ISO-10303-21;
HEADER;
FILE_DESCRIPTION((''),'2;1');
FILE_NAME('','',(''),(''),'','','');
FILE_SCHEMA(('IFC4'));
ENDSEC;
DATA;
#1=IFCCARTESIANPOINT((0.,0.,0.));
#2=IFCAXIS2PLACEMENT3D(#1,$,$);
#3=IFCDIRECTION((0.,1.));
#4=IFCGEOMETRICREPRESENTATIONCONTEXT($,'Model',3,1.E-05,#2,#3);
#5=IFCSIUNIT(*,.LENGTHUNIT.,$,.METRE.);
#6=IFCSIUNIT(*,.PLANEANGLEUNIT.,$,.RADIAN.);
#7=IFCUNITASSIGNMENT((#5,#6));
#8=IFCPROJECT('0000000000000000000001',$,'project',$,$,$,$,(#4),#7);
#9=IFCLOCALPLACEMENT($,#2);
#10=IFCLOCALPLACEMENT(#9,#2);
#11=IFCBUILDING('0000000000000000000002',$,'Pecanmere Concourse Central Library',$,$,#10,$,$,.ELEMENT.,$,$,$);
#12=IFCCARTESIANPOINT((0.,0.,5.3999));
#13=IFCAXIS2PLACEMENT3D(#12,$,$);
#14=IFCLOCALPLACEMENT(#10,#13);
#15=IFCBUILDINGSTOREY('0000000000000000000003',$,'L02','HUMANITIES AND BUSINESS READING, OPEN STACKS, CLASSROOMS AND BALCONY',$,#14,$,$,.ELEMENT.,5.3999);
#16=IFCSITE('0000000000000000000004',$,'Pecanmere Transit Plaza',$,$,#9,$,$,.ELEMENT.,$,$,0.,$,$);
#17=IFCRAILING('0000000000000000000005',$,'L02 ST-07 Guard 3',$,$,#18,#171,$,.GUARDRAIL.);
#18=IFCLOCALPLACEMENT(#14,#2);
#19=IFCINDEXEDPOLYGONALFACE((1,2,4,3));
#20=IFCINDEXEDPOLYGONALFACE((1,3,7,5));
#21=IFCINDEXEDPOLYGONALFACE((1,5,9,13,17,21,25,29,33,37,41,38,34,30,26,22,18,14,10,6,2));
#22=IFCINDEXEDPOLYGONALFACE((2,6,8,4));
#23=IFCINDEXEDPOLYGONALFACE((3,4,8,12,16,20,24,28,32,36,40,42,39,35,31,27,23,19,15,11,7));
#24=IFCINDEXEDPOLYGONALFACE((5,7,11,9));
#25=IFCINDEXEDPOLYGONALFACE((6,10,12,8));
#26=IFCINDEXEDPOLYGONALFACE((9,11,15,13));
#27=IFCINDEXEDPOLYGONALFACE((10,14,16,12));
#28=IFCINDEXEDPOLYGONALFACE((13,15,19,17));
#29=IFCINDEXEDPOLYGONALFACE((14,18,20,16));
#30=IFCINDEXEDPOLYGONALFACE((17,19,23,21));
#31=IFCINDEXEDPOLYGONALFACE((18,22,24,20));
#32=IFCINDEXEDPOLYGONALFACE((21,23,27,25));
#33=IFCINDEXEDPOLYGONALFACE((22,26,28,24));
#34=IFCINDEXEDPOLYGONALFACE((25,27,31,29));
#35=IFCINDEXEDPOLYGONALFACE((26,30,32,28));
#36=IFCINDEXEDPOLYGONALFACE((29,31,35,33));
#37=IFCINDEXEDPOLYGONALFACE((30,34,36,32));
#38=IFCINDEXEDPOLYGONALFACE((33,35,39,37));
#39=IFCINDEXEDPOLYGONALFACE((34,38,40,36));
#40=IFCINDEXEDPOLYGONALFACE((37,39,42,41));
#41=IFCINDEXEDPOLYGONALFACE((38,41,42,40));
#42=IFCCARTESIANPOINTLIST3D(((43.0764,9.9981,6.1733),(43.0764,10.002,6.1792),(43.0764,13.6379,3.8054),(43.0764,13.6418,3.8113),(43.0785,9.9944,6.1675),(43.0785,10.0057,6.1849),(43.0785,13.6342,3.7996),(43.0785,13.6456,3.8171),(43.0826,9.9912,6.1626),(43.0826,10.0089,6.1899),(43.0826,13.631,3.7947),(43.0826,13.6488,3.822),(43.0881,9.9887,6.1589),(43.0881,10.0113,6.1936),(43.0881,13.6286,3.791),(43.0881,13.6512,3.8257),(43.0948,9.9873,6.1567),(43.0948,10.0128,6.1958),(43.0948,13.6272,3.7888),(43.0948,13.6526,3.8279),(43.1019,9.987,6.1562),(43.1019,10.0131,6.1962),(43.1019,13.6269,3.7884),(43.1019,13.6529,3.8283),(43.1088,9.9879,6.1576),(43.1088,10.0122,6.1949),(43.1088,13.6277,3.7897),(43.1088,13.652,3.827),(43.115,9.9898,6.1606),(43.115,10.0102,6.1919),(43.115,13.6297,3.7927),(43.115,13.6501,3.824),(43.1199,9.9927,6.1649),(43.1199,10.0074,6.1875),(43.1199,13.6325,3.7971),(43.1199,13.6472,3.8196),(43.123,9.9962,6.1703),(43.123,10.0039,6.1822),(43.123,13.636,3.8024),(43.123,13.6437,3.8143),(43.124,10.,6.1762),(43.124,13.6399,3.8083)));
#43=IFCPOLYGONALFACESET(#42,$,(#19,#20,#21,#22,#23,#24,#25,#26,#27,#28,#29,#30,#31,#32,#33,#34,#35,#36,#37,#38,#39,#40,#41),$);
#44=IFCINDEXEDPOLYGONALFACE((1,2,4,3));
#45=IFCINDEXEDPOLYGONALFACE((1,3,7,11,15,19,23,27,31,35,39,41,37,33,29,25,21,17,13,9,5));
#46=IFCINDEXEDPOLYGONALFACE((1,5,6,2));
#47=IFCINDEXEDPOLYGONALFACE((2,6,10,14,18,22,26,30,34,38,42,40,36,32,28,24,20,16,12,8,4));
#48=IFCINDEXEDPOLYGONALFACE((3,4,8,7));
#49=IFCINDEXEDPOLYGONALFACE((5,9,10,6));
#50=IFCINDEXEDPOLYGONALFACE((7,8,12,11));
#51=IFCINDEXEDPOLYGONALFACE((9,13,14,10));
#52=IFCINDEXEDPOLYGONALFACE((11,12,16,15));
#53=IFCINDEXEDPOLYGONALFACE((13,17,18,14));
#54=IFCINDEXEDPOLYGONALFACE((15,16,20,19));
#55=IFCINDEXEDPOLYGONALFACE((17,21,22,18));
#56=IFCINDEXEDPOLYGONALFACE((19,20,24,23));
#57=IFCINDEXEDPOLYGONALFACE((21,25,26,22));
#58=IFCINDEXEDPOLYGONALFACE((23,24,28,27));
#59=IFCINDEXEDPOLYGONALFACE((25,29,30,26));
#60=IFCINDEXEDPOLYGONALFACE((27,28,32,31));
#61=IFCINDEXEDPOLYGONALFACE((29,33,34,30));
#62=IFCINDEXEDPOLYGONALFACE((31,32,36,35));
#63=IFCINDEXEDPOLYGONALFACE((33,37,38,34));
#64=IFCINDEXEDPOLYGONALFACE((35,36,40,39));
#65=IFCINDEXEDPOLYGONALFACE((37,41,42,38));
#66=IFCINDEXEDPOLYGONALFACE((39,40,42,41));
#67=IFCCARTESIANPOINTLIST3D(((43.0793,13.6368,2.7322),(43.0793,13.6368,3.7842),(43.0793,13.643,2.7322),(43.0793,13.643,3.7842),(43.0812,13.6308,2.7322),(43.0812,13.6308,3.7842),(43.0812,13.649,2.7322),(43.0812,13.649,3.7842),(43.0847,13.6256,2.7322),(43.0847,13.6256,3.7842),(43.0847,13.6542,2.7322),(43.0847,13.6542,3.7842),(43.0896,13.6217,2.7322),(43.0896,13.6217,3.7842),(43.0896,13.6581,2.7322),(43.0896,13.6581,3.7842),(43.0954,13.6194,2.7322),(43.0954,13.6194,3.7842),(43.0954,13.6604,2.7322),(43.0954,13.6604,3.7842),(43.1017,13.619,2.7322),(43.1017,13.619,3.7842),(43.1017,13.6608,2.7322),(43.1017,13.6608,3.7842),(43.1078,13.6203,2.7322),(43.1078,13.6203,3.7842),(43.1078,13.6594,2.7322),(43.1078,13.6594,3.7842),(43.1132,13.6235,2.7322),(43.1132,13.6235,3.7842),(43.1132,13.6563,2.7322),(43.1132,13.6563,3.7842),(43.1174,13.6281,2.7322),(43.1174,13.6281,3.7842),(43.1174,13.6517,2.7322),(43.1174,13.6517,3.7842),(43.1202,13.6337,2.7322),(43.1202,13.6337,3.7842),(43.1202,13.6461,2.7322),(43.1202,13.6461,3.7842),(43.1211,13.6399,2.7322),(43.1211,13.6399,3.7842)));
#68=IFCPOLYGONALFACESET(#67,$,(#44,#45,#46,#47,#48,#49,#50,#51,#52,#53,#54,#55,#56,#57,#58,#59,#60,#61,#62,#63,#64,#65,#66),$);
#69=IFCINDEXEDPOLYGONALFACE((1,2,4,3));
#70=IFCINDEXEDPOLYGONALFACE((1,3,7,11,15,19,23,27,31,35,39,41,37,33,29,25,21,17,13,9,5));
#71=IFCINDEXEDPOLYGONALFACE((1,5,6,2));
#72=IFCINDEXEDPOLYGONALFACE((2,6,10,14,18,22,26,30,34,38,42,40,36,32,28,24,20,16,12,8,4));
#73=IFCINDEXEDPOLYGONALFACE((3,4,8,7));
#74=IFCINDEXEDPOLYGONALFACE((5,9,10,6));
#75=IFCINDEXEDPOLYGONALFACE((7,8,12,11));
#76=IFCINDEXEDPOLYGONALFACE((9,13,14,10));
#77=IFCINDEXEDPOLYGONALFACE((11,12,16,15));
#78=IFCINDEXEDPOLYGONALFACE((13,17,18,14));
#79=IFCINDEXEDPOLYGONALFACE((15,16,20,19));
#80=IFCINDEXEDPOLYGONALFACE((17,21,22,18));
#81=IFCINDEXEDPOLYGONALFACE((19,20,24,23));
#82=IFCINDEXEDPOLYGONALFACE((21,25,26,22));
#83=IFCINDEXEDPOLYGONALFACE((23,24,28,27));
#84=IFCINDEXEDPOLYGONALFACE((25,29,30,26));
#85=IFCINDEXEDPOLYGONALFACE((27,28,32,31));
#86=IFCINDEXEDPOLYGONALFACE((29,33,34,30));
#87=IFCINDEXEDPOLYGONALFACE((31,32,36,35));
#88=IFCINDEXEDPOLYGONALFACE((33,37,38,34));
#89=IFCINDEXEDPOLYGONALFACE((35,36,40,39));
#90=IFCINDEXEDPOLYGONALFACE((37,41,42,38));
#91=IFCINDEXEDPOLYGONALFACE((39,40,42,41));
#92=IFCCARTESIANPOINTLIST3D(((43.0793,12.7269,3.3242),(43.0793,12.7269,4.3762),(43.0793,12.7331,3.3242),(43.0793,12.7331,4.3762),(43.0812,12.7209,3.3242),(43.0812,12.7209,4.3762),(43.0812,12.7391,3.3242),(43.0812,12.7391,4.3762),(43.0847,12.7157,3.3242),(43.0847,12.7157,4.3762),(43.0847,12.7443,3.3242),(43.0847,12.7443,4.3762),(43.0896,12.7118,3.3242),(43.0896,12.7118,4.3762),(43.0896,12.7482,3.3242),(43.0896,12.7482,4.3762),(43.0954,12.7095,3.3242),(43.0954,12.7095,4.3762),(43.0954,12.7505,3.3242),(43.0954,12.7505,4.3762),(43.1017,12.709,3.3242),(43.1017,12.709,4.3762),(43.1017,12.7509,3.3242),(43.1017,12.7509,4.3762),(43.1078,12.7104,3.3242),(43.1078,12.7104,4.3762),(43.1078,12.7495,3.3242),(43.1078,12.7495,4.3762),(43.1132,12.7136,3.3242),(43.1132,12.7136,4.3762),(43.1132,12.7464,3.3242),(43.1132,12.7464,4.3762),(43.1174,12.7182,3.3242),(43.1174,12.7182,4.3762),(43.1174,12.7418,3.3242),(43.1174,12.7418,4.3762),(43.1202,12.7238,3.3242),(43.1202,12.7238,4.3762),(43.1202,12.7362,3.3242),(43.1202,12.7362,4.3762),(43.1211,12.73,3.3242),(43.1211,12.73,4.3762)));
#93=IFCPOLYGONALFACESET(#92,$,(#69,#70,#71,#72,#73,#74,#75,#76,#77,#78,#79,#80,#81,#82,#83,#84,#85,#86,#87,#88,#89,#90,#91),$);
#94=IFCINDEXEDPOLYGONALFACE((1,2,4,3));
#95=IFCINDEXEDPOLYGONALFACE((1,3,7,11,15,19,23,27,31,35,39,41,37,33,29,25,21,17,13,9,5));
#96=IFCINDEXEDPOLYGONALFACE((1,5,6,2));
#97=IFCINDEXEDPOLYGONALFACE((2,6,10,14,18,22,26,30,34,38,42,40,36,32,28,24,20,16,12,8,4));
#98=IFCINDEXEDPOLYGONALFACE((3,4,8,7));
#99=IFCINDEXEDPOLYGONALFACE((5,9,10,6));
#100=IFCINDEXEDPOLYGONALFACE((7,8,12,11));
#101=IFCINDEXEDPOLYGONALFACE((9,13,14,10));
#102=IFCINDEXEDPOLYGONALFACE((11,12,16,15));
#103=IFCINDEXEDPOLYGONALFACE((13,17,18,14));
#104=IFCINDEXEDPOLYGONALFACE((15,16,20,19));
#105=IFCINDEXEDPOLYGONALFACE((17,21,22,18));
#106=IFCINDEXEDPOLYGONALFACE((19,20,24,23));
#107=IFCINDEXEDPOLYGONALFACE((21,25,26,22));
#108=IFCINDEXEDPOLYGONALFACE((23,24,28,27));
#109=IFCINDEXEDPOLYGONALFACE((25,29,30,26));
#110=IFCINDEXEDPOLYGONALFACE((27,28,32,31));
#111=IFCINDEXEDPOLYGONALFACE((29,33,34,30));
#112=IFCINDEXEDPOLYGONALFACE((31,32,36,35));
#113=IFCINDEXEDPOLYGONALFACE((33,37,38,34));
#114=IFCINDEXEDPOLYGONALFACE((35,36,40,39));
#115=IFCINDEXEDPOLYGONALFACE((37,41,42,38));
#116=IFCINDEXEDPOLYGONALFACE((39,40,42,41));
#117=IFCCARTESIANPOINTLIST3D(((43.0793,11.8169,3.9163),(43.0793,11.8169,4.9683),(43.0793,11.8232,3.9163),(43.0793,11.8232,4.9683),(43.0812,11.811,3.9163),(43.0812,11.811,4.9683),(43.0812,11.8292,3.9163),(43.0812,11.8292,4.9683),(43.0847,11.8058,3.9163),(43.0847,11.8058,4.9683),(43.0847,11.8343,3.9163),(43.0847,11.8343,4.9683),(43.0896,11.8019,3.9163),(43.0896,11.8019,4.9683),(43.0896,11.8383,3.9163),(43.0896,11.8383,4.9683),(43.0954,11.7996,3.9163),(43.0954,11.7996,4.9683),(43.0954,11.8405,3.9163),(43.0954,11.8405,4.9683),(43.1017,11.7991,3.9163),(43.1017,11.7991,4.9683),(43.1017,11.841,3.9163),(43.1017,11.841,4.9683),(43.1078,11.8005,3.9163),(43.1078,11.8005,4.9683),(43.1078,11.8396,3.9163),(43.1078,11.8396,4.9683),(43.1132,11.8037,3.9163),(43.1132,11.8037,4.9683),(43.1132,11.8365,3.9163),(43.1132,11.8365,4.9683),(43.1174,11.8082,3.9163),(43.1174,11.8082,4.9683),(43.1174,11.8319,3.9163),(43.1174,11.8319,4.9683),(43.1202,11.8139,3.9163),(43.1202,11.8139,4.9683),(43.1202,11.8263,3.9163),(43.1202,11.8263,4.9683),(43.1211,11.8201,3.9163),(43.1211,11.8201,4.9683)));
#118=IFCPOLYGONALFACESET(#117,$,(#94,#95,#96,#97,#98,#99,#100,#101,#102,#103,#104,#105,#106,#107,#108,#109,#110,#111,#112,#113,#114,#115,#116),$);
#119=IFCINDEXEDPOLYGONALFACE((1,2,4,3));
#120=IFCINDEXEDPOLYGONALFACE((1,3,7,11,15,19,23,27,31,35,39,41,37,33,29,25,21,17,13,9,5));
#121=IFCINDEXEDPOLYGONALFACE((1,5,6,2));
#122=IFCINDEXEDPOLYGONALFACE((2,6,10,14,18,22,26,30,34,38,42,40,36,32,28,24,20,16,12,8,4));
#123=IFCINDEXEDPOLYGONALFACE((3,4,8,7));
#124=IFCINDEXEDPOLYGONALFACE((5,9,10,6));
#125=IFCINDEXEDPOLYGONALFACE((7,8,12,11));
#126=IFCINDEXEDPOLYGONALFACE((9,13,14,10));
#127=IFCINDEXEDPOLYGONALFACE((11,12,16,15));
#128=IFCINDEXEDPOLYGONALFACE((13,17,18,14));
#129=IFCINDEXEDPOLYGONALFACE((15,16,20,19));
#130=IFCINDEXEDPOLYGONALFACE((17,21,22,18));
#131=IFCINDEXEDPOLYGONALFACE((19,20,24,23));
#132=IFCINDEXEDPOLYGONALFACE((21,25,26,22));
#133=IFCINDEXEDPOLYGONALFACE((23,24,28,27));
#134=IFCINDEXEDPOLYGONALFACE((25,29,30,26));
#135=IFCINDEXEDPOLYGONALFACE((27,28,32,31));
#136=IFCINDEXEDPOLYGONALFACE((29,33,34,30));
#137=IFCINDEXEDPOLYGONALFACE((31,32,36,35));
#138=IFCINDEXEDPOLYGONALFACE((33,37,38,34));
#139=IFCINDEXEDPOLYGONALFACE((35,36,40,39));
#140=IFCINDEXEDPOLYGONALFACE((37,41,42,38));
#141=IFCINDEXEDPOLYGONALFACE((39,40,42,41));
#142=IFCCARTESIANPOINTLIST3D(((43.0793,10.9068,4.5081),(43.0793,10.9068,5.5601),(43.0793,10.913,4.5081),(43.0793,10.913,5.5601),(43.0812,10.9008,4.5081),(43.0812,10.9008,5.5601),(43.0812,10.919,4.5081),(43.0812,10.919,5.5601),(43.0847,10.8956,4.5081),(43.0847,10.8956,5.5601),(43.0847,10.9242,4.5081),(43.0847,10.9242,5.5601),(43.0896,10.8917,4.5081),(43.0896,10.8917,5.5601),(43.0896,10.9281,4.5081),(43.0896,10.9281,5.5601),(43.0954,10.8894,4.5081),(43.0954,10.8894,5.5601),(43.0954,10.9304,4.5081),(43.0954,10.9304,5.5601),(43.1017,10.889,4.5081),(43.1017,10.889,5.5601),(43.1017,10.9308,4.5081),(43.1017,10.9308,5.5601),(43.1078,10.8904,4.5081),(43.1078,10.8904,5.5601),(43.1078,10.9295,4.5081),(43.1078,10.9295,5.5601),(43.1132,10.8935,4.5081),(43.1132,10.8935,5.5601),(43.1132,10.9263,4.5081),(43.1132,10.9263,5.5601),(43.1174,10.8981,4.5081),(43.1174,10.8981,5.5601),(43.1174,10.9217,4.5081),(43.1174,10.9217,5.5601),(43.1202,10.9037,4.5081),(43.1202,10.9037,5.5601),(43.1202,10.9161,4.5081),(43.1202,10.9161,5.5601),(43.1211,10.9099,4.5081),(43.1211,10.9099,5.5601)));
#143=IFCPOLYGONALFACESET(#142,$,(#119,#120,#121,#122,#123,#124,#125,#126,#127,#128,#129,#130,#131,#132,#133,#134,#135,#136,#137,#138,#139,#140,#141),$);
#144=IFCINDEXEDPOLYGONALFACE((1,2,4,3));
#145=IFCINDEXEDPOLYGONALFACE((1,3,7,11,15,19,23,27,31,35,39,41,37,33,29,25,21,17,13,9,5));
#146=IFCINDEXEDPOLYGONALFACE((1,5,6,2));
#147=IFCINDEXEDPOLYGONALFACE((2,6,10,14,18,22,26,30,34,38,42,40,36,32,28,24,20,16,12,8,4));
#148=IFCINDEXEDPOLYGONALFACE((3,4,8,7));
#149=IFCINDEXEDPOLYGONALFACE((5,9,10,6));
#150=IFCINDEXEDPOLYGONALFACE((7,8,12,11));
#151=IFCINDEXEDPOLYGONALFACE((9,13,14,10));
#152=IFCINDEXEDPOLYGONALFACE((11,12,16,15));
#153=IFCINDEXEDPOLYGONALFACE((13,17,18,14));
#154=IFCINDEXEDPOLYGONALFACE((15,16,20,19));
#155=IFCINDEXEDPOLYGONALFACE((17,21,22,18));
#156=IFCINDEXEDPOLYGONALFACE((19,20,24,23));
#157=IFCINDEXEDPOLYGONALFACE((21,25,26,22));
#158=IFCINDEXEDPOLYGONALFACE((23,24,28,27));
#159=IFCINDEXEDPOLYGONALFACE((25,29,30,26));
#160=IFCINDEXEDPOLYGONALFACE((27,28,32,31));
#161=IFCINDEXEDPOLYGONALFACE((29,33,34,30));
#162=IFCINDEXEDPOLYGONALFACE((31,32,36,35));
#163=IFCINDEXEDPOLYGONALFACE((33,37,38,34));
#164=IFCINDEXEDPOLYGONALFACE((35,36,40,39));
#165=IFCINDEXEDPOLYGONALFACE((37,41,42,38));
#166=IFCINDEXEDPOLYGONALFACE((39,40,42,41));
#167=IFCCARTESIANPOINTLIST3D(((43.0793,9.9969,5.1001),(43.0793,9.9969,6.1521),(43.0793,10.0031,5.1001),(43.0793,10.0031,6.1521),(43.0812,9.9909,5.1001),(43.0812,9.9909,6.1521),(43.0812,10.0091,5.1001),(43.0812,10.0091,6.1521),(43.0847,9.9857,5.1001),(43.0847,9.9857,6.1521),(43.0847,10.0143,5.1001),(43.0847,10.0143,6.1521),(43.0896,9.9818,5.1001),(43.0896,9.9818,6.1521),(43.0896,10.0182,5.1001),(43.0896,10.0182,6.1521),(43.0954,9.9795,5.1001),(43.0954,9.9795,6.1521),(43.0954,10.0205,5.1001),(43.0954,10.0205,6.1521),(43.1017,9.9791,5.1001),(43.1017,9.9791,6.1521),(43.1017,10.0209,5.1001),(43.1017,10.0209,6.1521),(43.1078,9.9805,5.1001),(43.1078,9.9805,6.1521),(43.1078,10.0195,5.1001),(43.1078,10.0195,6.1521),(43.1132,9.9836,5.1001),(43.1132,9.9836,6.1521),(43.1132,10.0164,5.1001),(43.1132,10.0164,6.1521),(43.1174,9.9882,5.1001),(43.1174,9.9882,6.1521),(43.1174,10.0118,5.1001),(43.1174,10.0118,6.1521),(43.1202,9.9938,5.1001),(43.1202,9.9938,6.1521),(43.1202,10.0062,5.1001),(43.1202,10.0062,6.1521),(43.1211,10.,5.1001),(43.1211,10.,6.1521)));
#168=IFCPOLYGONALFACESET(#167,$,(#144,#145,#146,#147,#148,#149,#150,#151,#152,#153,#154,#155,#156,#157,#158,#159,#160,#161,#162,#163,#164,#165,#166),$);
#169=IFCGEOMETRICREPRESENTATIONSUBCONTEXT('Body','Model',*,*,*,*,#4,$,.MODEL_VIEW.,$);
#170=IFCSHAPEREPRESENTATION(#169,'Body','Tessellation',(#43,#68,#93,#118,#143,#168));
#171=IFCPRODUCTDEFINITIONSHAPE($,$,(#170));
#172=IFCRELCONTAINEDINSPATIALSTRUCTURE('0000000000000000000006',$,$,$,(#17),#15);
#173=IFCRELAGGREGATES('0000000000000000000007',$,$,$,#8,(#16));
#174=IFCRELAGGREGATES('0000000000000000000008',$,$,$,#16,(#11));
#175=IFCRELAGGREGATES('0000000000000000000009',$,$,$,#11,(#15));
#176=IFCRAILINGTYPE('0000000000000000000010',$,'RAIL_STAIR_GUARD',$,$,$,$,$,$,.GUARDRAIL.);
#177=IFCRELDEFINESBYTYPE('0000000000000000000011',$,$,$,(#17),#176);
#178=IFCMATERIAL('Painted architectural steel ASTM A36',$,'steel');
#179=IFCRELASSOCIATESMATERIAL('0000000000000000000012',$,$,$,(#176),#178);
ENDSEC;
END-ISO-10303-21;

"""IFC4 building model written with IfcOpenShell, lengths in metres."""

from ifc_helpers import new_model, si_unit, direction, frame, origin, origin_2d, place, context, subcontext, project, spatial, circle, extrude, material, type_object, element, save


model = new_model("IFC4")

# Units and contexts
model_context = context("Model", 3, precision=1e-05, world=origin(), true_north=direction((0.0, 1.0)))
body_context = subcontext(model_context, "Body", "Model", "MODEL_VIEW")
ifc_project = project(units=[si_unit("LENGTHUNIT", "METRE"), si_unit("PLANEANGLEUNIT", "RADIAN")], contexts=[model_context])

# Site, building, storey
site_placement = place(None, origin())
site = spatial("IfcSite", under=ifc_project, at=site_placement, Name="Pecanmere Transit Plaza", CompositionType="ELEMENT", RefElevation=0.0)
building_placement = place(site_placement, origin())
building = spatial("IfcBuilding", under=site, at=building_placement, Name="Pecanmere Concourse Central Library", CompositionType="ELEMENT")
storey_placement = place(building_placement, frame((0.0, 0.0, 5.3999)))
storey = spatial("IfcBuildingStorey", under=building, at=storey_placement, Name="L02", Description="HUMANITIES AND BUSINESS READING, OPEN STACKS, CLASSROOMS AND BALCONY", CompositionType="ELEMENT", Elevation=5.3999)

# Railing
ifc_material_1 = material(Name="Painted architectural steel ASTM A36", Category="steel")
railing_type_1 = type_object("IfcRailingType", Name="RAIL_STAIR_GUARD", PredefinedType="GUARDRAIL", material=ifc_material_1)
railing_1_placement = place(storey_placement, frame((43.1001, 13.6399, 2.7322)))
element("IfcRailing", 1, at=railing_1_placement, inside=storey, type_object=railing_type_1, Name="L02 ST-07 Guard 3", PredefinedType="GUARDRAIL", context=body_context, shape_type="SweptSolid", body=[
    extrude(circle(Radius=0.0239, at=origin_2d()), frame((0.0, 0.0, 1.0762), z_axis=(0.0, -0.838234, 0.54531), x_axis=(1.0, 0.0, 0.0)), (0.0, 0.0, 1.0), 4.3423),
    extrude(circle(Radius=0.021, at=origin_2d()), origin(), (0.0, 0.0, 1.0), 1.052),
    extrude(circle(Radius=0.021, at=origin_2d()), frame((0.0, -0.9099, 0.592)), (0.0, 0.0, 1.0), 1.052),
    extrude(circle(Radius=0.021, at=origin_2d()), frame((0.0, -1.8198, 1.1841)), (0.0, 0.0, 1.0), 1.052),
    extrude(circle(Radius=0.021, at=origin_2d()), frame((0.0, -2.73, 1.7759)), (0.0, 0.0, 1.0), 1.052),
    extrude(circle(Radius=0.021, at=origin_2d()), frame((0.0, -3.6399, 2.3679)), (0.0, 0.0, 1.0), 1.052),
])

save(model, "model.ifc")
